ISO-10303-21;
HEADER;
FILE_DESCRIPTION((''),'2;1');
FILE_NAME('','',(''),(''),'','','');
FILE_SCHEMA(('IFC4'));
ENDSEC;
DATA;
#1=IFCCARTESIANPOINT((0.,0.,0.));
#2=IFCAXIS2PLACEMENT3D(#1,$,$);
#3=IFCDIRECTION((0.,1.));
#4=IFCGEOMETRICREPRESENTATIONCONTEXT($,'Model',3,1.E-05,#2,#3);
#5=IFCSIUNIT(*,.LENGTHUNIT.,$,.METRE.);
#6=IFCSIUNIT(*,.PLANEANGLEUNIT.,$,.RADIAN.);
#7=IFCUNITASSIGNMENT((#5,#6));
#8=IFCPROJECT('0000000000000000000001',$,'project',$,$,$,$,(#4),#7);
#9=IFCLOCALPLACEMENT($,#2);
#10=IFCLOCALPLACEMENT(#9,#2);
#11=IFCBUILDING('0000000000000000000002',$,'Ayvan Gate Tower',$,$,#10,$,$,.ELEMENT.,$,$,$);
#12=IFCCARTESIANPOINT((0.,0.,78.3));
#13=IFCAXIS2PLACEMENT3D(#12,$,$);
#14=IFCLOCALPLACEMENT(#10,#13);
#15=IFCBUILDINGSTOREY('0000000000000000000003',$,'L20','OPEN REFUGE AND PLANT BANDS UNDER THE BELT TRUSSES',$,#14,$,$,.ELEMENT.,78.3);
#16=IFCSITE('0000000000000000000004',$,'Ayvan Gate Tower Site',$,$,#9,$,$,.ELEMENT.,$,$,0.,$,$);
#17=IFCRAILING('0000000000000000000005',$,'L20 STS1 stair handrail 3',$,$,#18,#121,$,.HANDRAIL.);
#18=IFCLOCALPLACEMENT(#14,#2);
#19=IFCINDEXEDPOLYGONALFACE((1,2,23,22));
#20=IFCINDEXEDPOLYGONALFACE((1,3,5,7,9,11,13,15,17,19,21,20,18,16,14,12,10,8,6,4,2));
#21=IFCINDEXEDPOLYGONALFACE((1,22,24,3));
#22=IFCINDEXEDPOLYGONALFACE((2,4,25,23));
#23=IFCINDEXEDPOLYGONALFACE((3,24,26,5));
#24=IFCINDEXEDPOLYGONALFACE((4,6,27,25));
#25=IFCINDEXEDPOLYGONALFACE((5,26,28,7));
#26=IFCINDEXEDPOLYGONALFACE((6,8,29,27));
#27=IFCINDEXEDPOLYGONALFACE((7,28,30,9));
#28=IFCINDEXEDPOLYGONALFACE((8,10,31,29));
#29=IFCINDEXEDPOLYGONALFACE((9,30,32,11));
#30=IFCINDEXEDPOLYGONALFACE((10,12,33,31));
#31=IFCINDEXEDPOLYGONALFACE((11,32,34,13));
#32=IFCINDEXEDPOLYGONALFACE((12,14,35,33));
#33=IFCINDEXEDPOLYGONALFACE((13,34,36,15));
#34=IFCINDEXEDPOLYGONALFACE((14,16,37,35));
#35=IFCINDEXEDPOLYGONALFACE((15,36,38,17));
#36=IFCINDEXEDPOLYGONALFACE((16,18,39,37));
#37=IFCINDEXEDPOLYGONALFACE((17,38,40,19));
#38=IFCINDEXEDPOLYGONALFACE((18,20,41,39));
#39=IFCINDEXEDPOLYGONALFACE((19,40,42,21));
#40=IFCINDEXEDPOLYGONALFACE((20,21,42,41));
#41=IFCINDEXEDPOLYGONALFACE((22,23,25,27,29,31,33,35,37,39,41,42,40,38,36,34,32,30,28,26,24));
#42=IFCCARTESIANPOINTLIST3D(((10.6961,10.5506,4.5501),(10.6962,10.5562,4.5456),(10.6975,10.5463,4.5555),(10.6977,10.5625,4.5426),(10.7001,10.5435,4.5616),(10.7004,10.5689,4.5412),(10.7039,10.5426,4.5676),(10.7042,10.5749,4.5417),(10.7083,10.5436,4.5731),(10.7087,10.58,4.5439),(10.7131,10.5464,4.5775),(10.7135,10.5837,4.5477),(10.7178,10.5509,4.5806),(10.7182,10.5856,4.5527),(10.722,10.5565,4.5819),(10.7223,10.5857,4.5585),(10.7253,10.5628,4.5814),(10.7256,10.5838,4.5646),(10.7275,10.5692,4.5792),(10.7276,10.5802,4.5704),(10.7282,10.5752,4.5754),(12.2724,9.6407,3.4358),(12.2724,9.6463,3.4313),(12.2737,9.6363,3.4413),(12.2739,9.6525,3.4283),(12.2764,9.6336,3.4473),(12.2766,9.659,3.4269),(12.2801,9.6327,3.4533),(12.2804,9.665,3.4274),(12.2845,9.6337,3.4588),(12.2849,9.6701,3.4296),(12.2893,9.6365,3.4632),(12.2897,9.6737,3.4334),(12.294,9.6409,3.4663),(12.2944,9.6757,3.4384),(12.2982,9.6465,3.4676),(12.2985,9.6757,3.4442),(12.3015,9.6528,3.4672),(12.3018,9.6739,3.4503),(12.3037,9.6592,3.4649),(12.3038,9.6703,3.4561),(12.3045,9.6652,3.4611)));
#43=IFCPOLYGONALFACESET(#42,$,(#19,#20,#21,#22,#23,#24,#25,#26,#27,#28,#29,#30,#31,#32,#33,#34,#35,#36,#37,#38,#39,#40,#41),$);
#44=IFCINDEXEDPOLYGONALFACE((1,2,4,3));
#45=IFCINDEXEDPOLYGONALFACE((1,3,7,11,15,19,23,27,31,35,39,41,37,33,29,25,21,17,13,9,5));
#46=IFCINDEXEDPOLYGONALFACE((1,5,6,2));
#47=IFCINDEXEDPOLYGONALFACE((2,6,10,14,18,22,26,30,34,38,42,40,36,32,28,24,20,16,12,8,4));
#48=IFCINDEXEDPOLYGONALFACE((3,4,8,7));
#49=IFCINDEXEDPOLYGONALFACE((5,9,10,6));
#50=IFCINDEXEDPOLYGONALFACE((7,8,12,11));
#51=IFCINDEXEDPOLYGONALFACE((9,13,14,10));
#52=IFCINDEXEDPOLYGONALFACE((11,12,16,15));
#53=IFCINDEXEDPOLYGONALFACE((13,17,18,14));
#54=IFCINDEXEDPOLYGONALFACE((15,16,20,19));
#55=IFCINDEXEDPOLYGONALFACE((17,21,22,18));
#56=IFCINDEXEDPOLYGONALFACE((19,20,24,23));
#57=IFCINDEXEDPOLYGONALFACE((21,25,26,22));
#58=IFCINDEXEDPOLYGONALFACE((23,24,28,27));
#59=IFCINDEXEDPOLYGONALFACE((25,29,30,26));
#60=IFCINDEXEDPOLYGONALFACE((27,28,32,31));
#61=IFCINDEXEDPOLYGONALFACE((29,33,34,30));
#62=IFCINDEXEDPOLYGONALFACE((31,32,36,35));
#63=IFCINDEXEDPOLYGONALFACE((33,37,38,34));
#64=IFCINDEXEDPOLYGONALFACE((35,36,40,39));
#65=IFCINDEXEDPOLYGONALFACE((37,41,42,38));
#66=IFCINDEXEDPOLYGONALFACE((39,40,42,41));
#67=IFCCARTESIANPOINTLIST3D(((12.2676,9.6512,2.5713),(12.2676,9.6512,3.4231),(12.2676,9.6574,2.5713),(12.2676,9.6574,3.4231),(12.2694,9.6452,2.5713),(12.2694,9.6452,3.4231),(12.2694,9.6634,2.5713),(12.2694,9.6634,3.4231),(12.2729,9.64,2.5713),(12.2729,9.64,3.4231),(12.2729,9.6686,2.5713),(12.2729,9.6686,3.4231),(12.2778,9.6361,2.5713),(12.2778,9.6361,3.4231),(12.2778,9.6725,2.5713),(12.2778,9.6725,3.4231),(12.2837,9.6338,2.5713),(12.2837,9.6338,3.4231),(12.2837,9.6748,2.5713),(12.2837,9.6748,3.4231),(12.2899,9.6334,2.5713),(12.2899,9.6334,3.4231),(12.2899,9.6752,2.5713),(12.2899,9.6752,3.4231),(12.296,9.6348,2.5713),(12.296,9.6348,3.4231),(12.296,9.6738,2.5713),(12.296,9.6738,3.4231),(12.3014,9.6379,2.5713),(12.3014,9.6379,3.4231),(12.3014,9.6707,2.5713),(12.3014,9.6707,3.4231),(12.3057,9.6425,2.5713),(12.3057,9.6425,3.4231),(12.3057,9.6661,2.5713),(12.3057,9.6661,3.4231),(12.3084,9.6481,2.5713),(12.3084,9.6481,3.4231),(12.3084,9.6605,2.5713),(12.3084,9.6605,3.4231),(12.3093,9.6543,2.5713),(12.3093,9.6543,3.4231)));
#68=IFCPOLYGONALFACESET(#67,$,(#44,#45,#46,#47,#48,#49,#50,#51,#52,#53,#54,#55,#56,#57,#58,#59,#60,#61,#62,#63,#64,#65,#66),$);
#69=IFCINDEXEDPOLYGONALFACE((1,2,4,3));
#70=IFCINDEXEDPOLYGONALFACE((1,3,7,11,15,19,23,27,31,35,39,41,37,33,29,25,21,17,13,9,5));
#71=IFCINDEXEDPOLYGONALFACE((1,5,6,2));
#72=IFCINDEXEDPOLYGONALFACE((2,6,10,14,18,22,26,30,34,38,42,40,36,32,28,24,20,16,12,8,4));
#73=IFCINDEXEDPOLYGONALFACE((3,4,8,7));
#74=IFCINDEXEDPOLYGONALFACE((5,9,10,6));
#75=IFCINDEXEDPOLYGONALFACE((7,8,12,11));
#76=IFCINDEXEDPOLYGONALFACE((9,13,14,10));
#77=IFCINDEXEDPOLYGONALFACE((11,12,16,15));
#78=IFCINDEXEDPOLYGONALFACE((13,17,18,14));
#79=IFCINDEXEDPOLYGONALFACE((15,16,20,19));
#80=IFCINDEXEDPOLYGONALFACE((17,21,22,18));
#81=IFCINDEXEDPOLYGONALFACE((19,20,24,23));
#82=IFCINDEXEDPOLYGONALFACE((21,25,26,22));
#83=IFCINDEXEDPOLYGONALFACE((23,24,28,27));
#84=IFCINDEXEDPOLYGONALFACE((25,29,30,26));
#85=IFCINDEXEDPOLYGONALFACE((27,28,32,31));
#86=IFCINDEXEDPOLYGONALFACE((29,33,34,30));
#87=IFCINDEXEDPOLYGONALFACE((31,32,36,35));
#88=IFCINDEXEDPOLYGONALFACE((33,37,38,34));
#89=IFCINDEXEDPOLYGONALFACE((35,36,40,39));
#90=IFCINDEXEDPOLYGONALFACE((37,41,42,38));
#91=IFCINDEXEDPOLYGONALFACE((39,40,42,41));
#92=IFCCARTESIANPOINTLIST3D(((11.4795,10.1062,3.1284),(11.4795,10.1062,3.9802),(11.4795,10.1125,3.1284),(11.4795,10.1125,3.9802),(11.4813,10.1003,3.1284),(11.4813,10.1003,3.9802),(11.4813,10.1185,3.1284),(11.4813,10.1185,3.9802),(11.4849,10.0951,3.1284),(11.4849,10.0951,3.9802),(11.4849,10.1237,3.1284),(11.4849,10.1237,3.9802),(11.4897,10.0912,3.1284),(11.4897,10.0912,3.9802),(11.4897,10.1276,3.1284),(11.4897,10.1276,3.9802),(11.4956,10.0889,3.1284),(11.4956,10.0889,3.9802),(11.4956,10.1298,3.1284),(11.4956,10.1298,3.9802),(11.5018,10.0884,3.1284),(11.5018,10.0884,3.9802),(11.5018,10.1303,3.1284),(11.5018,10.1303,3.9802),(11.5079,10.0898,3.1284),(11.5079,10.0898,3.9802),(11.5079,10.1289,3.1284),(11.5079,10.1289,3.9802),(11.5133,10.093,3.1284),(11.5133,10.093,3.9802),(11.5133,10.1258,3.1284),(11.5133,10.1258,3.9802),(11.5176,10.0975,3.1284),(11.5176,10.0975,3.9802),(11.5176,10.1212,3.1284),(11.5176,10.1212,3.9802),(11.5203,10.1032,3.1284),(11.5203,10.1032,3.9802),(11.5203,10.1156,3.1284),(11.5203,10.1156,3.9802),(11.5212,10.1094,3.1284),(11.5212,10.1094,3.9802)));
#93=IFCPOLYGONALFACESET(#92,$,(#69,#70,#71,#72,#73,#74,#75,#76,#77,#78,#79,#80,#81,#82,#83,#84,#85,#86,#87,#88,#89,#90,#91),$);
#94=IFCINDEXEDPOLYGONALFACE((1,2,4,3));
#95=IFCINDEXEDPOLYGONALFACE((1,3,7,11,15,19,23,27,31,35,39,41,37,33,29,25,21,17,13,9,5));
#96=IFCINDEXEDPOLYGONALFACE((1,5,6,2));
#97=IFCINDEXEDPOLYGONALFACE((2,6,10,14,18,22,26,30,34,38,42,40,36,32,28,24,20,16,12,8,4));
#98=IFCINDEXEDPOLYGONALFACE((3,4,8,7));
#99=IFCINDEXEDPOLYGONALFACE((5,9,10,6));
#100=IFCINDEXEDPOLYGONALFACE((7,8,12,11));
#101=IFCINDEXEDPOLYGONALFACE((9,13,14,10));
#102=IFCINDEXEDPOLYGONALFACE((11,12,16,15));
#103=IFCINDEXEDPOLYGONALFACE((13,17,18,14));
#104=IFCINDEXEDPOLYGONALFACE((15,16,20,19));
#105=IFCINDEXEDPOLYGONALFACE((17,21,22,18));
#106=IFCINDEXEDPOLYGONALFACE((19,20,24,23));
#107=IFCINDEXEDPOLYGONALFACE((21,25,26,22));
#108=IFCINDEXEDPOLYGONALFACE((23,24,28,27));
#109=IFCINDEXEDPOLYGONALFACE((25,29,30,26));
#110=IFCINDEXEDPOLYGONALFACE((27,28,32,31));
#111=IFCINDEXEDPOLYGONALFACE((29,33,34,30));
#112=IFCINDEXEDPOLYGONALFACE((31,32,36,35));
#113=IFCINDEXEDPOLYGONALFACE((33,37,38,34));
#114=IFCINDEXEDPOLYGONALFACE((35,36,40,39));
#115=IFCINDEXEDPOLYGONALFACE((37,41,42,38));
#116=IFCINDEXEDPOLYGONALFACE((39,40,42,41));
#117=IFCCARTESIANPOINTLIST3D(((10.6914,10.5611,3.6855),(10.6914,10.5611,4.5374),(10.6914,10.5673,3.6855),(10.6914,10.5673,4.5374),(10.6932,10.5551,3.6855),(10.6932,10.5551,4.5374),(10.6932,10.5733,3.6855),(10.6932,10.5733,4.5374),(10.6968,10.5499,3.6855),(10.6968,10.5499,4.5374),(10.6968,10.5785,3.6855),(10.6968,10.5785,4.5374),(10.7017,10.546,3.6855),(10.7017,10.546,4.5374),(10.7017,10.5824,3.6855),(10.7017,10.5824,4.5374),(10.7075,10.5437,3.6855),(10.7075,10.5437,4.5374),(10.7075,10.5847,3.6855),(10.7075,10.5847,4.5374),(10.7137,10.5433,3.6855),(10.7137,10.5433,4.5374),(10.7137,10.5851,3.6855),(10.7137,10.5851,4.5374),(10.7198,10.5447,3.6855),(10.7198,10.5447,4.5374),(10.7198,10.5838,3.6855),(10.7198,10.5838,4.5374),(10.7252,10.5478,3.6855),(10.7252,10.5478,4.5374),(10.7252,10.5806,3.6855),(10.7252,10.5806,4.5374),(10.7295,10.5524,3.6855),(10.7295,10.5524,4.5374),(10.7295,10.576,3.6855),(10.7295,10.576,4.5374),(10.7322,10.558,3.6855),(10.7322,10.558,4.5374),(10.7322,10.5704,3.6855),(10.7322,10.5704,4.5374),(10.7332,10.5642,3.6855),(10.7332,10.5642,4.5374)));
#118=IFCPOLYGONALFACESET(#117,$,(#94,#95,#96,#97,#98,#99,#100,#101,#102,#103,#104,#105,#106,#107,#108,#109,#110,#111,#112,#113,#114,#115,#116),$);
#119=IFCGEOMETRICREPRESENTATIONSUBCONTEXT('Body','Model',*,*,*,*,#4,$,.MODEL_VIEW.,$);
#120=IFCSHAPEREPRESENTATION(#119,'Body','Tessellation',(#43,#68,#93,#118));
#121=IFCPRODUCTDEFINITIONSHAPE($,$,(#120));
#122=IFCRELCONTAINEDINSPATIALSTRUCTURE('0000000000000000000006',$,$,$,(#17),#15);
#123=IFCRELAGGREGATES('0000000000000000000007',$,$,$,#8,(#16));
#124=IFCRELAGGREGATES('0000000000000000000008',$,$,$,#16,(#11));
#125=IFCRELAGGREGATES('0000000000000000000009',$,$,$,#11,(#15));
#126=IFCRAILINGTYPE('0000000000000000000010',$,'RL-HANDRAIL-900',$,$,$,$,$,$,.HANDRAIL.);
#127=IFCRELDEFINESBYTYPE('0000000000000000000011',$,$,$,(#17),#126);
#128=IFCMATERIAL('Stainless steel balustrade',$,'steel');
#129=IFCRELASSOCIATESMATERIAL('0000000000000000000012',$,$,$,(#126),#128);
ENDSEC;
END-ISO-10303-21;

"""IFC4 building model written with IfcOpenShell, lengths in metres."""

from ifc_helpers import new_model, si_unit, direction, frame, origin, origin_2d, place, context, subcontext, project, spatial, circle, extrude, material, type_object, element, save


model = new_model("IFC4")

# Units and contexts
model_context = context("Model", 3, precision=1e-05, world=origin(), true_north=direction((0.0, 1.0)))
body_context = subcontext(model_context, "Body", "Model", "MODEL_VIEW")
ifc_project = project(units=[si_unit("LENGTHUNIT", "METRE"), si_unit("PLANEANGLEUNIT", "RADIAN")], contexts=[model_context])

# Site, building, storey
site_placement = place(None, origin())
site = spatial("IfcSite", under=ifc_project, at=site_placement, Name="Ayvan Gate Tower Site", CompositionType="ELEMENT", RefElevation=0.0)
building_placement = place(site_placement, origin())
building = spatial("IfcBuilding", under=site, at=building_placement, Name="Ayvan Gate Tower", CompositionType="ELEMENT")
storey_placement = place(building_placement, frame((0.0, 0.0, 78.3)))
storey = spatial("IfcBuildingStorey", under=building, at=storey_placement, Name="L20", Description="OPEN REFUGE AND PLANT BANDS UNDER THE BELT TRUSSES", CompositionType="ELEMENT", Elevation=78.3)

# Railing
ifc_material_1 = material(Name="Stainless steel balustrade", Category="steel")
railing_type_1 = type_object("IfcRailingType", Name="RL-HANDRAIL-900", PredefinedType="HANDRAIL", material=ifc_material_1)
railing_1_placement = place(storey_placement, frame((12.2883, 9.6543, 2.5713)))
element("IfcRailing", 1, at=railing_1_placement, inside=storey, type_object=railing_type_1, Name="L20 STS1 stair handrail 3", PredefinedType="HANDRAIL", context=body_context, shape_type="SweptSolid", body=[
    extrude(circle(Radius=0.0239, at=origin_2d()), frame((0.0, 0.0, 0.876), z_axis=(-0.73861, 0.426394, 0.522153), x_axis=(-0.499962, -0.866047, 0.0)), (0.0, 0.0, 1.0), 2.134),
    extrude(circle(Radius=0.021, at=origin_2d()), origin(), (0.0, 0.0, 1.0), 0.8518),
    extrude(circle(Radius=0.021, at=origin_2d()), frame((-0.7881, 0.4551, 0.5571)), (0.0, 0.0, 1.0), 0.8518),
    extrude(circle(Radius=0.021, at=origin_2d()), frame((-1.5762, 0.9099, 1.1143)), (0.0, 0.0, 1.0), 0.8518),
])

save(model, "model.ifc")
